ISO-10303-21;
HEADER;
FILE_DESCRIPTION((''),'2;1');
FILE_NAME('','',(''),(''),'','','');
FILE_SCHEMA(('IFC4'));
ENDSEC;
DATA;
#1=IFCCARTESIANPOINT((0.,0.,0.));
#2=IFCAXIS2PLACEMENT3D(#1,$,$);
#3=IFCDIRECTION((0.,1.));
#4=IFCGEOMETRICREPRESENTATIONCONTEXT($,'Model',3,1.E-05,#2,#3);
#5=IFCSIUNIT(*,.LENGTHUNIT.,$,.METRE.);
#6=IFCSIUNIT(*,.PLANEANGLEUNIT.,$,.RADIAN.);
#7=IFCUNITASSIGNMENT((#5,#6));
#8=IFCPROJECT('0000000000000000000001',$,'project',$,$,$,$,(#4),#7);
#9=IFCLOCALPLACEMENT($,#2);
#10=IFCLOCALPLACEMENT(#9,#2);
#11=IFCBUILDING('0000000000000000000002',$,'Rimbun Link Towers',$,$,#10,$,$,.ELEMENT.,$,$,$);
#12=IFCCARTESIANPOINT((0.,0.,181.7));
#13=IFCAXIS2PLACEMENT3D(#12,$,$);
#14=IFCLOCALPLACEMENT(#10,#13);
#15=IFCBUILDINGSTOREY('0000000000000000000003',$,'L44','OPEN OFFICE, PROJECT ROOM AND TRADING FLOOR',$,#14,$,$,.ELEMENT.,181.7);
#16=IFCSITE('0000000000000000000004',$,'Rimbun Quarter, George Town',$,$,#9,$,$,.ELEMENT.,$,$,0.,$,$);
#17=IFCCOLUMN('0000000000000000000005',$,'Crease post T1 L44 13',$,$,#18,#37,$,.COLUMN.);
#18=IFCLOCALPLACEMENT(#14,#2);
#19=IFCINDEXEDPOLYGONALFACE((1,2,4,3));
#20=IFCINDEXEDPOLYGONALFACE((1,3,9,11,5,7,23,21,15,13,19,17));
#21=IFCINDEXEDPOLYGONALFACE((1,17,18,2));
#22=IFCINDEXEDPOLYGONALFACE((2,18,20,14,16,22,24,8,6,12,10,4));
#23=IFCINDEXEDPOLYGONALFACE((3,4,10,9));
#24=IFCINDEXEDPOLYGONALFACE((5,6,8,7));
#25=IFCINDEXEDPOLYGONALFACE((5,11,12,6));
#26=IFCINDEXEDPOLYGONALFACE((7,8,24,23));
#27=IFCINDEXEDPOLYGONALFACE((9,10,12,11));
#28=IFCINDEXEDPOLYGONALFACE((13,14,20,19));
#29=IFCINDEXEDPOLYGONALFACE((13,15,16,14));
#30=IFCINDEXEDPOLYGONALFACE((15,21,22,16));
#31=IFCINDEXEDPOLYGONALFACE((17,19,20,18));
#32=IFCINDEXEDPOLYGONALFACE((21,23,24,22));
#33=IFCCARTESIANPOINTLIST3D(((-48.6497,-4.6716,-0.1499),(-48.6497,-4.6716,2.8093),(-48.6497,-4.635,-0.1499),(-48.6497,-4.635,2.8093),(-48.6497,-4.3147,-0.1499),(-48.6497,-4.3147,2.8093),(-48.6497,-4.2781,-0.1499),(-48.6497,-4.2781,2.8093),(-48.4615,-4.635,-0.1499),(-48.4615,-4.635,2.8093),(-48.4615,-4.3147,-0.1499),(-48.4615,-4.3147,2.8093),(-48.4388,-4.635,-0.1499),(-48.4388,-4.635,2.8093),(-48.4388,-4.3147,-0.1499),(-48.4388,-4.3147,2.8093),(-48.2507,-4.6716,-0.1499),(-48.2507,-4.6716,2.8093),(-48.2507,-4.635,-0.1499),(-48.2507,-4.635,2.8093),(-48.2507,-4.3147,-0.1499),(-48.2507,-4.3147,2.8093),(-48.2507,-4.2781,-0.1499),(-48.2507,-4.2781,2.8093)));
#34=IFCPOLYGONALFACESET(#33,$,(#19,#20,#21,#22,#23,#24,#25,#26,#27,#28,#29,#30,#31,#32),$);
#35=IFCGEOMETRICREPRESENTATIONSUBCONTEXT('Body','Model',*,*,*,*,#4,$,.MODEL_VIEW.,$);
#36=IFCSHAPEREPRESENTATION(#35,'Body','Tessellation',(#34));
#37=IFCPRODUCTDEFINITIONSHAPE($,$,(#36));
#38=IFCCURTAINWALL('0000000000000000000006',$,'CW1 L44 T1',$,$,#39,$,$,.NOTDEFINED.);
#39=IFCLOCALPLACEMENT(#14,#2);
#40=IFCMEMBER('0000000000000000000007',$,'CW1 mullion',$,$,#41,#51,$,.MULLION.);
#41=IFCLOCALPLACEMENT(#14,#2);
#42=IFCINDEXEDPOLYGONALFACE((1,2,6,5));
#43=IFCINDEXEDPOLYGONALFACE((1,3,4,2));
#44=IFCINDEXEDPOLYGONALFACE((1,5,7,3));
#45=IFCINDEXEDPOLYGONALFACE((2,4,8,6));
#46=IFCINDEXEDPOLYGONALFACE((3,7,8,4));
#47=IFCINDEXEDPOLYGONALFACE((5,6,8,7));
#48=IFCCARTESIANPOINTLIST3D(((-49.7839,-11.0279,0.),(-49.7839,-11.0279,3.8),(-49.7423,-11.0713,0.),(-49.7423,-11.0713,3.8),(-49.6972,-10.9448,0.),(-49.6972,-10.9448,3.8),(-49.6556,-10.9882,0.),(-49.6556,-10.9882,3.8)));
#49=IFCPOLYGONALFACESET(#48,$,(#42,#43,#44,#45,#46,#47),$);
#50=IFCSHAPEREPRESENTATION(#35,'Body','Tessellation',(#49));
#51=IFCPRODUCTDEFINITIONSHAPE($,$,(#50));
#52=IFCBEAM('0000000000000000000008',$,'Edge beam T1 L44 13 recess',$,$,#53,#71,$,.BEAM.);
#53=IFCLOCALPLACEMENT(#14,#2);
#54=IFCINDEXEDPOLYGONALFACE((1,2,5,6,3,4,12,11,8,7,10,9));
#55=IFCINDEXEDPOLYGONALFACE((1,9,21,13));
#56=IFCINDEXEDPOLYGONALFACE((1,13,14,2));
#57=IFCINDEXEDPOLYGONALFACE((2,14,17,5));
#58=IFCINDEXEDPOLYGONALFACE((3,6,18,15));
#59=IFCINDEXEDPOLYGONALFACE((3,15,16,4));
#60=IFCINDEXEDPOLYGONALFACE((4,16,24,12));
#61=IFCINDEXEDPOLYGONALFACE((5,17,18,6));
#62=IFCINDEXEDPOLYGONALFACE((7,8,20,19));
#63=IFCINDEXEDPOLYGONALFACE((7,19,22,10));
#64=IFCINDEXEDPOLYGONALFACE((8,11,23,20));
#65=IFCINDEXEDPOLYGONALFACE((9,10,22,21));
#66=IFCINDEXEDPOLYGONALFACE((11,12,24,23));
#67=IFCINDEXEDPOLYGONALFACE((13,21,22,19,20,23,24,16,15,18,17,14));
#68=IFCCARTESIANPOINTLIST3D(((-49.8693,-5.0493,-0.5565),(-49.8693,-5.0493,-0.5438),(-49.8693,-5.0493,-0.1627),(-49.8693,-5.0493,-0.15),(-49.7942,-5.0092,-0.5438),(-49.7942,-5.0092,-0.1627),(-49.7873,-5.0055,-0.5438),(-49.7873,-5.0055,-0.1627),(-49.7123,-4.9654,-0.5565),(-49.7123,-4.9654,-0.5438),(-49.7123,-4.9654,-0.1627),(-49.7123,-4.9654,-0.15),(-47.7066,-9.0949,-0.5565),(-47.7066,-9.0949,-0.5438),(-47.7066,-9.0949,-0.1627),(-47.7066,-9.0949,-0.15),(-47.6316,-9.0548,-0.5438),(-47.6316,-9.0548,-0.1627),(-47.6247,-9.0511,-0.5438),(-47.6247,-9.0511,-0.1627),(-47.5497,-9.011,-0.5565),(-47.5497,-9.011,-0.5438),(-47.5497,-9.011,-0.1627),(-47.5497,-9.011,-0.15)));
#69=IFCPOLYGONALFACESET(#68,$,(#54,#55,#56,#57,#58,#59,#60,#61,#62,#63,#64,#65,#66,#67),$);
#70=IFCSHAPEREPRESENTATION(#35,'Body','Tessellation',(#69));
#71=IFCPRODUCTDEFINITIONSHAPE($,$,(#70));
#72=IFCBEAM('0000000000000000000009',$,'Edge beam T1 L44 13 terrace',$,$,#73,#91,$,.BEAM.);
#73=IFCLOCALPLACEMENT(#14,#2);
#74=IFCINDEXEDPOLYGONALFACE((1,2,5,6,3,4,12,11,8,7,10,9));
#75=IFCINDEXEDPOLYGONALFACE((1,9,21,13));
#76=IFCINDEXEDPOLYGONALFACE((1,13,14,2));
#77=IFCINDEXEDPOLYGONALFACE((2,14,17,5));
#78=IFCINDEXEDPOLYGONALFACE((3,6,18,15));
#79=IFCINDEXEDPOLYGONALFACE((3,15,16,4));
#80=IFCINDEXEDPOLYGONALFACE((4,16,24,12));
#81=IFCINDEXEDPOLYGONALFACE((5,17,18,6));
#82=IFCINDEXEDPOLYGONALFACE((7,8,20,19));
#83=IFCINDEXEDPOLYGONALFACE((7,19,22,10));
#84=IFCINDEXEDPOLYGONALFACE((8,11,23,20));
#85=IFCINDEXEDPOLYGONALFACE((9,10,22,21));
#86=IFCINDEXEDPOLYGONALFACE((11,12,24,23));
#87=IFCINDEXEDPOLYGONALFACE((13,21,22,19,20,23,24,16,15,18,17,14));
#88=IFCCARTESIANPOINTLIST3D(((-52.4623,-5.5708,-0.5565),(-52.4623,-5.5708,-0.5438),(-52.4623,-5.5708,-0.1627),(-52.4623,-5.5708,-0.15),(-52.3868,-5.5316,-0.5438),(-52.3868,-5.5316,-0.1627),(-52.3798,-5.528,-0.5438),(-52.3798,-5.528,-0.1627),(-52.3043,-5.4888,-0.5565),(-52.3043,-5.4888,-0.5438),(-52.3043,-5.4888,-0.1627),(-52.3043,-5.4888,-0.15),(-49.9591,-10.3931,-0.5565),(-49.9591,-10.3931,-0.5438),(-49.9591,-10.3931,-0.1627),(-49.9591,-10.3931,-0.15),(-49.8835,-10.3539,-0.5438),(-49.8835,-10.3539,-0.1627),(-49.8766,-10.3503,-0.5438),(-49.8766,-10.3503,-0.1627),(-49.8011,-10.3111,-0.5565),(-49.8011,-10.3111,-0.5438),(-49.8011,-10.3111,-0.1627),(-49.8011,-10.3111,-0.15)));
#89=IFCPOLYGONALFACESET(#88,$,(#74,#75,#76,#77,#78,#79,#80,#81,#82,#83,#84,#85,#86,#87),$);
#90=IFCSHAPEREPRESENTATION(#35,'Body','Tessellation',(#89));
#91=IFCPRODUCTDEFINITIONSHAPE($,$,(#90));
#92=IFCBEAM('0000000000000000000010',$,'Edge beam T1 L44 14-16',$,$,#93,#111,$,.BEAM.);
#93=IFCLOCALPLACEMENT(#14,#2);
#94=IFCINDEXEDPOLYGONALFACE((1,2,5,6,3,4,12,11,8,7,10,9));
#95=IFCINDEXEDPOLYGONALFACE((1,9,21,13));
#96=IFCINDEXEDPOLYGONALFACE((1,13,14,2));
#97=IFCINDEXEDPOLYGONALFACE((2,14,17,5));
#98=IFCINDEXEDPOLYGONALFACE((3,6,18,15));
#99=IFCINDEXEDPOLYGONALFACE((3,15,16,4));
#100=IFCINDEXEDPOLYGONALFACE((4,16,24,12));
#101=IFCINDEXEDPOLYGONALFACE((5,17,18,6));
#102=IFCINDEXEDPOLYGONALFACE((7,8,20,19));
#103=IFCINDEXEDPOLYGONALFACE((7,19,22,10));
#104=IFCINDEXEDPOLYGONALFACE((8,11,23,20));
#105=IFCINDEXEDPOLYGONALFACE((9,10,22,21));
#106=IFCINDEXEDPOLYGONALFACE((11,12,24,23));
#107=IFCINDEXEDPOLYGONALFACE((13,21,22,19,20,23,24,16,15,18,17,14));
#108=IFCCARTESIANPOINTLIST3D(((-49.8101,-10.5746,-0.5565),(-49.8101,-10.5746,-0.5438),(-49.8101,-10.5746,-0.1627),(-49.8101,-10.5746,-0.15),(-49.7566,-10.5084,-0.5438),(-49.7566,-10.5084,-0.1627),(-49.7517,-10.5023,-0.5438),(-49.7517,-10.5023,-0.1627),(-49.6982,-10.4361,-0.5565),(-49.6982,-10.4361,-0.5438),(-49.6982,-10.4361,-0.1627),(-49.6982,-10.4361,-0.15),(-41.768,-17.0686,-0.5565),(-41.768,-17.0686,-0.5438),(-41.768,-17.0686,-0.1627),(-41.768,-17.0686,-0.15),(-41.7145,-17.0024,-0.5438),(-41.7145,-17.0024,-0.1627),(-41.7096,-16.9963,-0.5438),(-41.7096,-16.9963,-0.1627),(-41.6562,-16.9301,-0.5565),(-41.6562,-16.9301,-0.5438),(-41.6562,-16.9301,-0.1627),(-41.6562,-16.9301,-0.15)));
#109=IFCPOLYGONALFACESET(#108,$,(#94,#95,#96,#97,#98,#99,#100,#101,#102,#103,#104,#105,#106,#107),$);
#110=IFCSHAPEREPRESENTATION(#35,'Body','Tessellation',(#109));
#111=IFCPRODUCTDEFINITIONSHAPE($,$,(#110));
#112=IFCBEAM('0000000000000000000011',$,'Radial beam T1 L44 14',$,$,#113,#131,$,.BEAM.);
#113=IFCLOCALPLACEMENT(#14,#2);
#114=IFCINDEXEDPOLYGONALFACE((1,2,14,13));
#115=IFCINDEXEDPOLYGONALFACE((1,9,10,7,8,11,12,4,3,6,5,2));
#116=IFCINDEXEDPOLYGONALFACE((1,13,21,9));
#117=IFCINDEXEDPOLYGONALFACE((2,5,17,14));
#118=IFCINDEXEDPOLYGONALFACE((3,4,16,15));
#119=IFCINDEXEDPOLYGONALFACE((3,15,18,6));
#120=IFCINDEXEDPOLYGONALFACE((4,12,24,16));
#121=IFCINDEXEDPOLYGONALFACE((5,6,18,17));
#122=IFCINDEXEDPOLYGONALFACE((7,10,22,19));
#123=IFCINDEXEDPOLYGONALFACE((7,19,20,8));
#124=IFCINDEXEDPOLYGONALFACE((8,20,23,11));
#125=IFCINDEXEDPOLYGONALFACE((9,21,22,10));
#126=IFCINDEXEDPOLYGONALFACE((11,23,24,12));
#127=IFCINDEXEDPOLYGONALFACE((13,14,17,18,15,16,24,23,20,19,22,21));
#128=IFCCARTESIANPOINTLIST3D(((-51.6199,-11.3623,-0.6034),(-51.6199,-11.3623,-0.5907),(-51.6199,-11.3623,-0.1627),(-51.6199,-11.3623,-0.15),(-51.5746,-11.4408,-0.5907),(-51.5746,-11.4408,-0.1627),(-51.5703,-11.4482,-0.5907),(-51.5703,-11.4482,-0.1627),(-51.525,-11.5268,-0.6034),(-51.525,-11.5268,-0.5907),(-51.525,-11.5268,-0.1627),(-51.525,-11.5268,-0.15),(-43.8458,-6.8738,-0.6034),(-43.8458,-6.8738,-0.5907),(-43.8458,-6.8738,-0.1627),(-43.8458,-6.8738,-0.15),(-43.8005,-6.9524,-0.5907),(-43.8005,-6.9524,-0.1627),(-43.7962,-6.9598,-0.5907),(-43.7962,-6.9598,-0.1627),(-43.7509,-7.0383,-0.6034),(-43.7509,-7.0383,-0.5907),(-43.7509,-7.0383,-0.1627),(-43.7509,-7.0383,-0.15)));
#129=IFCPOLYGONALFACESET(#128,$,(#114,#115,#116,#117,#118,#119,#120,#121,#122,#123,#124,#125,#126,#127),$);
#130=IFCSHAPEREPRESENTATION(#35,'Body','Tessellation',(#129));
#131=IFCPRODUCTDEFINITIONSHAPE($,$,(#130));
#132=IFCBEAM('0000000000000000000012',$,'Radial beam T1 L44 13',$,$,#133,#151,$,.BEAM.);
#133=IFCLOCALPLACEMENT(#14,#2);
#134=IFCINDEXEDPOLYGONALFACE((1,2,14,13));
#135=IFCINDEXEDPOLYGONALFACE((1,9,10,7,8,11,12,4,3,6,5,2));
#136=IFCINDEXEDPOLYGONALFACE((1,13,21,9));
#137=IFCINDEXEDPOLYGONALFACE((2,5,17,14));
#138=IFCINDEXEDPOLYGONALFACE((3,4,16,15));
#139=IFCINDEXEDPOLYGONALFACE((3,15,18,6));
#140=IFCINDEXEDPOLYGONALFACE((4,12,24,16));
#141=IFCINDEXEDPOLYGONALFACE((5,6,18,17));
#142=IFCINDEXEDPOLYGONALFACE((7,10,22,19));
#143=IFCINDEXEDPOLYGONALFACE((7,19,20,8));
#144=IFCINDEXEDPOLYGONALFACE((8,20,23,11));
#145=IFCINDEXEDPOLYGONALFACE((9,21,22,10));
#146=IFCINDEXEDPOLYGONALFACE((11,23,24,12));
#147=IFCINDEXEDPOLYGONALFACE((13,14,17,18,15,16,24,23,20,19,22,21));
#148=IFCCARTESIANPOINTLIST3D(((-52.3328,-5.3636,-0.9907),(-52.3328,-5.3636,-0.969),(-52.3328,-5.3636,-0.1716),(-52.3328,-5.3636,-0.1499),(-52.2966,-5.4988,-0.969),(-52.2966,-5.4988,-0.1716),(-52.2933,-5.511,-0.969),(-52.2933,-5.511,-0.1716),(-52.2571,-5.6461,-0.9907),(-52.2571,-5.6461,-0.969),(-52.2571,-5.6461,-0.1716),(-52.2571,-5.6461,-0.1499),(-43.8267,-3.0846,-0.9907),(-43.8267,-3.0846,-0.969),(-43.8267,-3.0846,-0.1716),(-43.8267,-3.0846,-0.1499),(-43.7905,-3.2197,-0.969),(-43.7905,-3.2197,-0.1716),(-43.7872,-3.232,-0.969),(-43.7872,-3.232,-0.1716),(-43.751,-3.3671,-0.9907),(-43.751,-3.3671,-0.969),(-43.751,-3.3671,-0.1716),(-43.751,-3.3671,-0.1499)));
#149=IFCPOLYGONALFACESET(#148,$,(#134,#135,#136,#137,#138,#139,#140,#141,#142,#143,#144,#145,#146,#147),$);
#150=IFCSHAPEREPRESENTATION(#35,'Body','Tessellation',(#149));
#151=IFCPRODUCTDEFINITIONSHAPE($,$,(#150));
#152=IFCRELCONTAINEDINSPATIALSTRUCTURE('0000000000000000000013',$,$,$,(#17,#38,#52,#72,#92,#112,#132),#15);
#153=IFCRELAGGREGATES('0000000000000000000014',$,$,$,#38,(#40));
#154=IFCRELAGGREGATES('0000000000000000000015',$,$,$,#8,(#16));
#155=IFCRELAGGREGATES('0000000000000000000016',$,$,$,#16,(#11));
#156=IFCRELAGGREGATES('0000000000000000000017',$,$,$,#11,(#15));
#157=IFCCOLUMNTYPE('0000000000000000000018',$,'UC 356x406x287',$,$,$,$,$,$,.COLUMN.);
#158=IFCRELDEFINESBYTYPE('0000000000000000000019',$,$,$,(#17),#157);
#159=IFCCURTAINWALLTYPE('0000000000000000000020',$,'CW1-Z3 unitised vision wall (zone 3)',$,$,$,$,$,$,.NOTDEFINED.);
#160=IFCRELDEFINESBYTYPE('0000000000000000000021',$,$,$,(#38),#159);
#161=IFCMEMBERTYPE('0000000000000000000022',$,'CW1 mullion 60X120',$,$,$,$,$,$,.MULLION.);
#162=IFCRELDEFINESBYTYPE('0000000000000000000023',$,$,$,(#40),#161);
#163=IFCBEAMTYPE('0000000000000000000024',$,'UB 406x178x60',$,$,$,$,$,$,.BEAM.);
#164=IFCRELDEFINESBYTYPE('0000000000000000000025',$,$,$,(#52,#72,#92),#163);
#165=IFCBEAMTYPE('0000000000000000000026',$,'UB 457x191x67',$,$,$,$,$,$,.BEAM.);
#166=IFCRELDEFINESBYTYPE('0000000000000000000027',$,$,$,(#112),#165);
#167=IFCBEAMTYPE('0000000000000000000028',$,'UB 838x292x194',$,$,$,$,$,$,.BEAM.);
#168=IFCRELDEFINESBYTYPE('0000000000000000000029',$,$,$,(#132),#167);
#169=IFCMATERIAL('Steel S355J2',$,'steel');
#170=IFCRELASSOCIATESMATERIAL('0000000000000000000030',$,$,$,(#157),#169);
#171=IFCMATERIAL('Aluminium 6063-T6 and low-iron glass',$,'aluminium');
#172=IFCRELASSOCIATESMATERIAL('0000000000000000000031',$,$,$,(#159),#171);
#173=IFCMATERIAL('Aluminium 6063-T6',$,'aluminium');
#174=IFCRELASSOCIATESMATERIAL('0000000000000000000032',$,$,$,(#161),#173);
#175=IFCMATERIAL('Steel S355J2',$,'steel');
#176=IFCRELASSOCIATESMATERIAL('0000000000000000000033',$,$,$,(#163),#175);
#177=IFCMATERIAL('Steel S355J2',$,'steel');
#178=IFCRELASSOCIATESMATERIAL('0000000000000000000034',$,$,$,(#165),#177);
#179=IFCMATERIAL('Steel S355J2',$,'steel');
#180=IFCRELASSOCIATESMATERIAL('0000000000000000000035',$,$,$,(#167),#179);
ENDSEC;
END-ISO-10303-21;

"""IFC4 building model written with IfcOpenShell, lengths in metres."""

from ifc_helpers import new_model, si_unit, direction, frame, origin, origin_2d, place, context, subcontext, project, spatial, rectangle, i_section, extrude, material, material_profile, profile_set, type_object, element, aggregate, save


model = new_model("IFC4")

# Units and contexts
model_context = context("Model", 3, precision=1e-05, world=origin(), true_north=direction((0.0, 1.0)))
body_context = subcontext(model_context, "Body", "Model", "MODEL_VIEW")
ifc_project = project(units=[si_unit("LENGTHUNIT", "METRE"), si_unit("PLANEANGLEUNIT", "RADIAN")], contexts=[model_context])

# Site, building, storey
site_placement = place(None, origin())
site = spatial("IfcSite", under=ifc_project, at=site_placement, Name="Rimbun Quarter, George Town", CompositionType="ELEMENT", RefElevation=0.0)
building_placement = place(site_placement, origin())
building = spatial("IfcBuilding", under=site, at=building_placement, Name="Rimbun Link Towers", CompositionType="ELEMENT")
storey_placement = place(building_placement, frame((0.0, 0.0, 181.7)))
storey = spatial("IfcBuildingStorey", under=building, at=storey_placement, Name="L44", Description="OPEN OFFICE, PROJECT ROOM AND TRADING FLOOR", CompositionType="ELEMENT", Elevation=181.7)

# Column
ifc_material_1 = material(Name="Steel S355J2", Category="steel")
ifc_material_profile_1 = material_profile(ifc_material_1, i_section(OverallWidth=0.3989, OverallDepth=0.3936, WebThickness=0.0227, FlangeThickness=0.0366, at=origin_2d()), Name="UC 356x406x287")
ifc_profile_set_1 = profile_set([ifc_material_profile_1], Name="Steel S355J2")
column_type = type_object("IfcColumnType", Name="UC 356x406x287", PredefinedType="COLUMN", material=ifc_profile_set_1)
column_placement = place(storey_placement, frame((-48.4502, -4.4749, -0.1499), z_axis=(0.0, 0.0, 1.0), x_axis=(1.0, 0.0, 0.0)))
element("IfcColumn", 1, at=column_placement, inside=storey, type_object=column_type, Name="Crease post T1 L44 13", PredefinedType="COLUMN", context=body_context, shape_type="SweptSolid", body=[
    extrude(i_section(OverallWidth=0.3989, OverallDepth=0.3936, WebThickness=0.0227, FlangeThickness=0.0366, at=origin_2d()), origin(), (0.0, 0.0, 1.0), 2.9592),
])

# Curtain wall, member
ifc_material_2 = material(Name="Aluminium 6063-T6 and low-iron glass", Category="aluminium")
curtain_wall_type = type_object("IfcCurtainWallType", Name="CW1-Z3 unitised vision wall (zone 3)", PredefinedType="NOTDEFINED", material=ifc_material_2)
curtain_wall_placement = place(storey_placement, origin())
curtain_wall = element("IfcCurtainWall", 2, at=curtain_wall_placement, inside=storey, type_object=curtain_wall_type, Name="CW1 L44 T1", PredefinedType="NOTDEFINED")
ifc_material_3 = material(Name="Aluminium 6063-T6", Category="aluminium")
ifc_material_profile_2 = material_profile(ifc_material_3, rectangle(XDim=0.1201, YDim=0.0601, at=origin_2d()), Name="MULLION 60X120")
ifc_profile_set_2 = profile_set([ifc_material_profile_2], Name="Aluminium 6063-T6")
member_type = type_object("IfcMemberType", Name="CW1 mullion 60X120", PredefinedType="MULLION", material=ifc_profile_set_2)
member_placement = place(storey_placement, frame((-49.7197, -11.0081, 0.0), z_axis=(0.0, 0.0, 1.0), x_axis=(-0.721843, -0.692057, 0.0)))
member = element("IfcMember", 3, at=member_placement, type_object=member_type, Name="CW1 mullion", PredefinedType="MULLION", context=body_context, shape_type="SweptSolid", body=[
    extrude(rectangle(XDim=0.1201, YDim=0.0601, at=origin_2d()), origin(), (0.0, 0.0, 1.0), 3.8),
])
aggregate(curtain_wall, [member])

# Beams
ifc_material_4 = material(Name="Steel S355J2", Category="steel")
ifc_material_profile_3 = material_profile(ifc_material_4, i_section(OverallWidth=0.178, OverallDepth=0.4065, WebThickness=0.0078, FlangeThickness=0.0127, at=origin_2d()), Name="UB 406x178x60")
ifc_profile_set_3 = profile_set([ifc_material_profile_3], Name="Steel S355J2")
beam_type_1 = type_object("IfcBeamType", Name="UB 406x178x60", PredefinedType="BEAM", material=ifc_profile_set_3)
beam_1_placement = place(storey_placement, frame((-49.7908, -5.0073, -0.3533), z_axis=(0.471422, -0.881908, 0.0), x_axis=(0.881908, 0.471422, 0.0)))
element("IfcBeam", 4, at=beam_1_placement, inside=storey, type_object=beam_type_1, Name="Edge beam T1 L44 13 recess", PredefinedType="BEAM", context=body_context, shape_type="SweptSolid", body=[
    extrude(i_section(OverallWidth=0.178, OverallDepth=0.4065, WebThickness=0.0078, FlangeThickness=0.0127, at=origin_2d()), origin(), (0.0, 0.0, 1.0), 4.5874),
])
beam_2_placement = place(storey_placement, frame((-52.3833, -5.5298, -0.3533), z_axis=(0.460715, -0.887548, 0.0), x_axis=(0.887548, 0.460715, 0.0)))
element("IfcBeam", 5, at=beam_2_placement, inside=storey, type_object=beam_type_1, Name="Edge beam T1 L44 13 terrace", PredefinedType="BEAM", context=body_context, shape_type="SweptSolid", body=[
    extrude(i_section(OverallWidth=0.178, OverallDepth=0.4065, WebThickness=0.0078, FlangeThickness=0.0127, at=origin_2d()), origin(), (0.0, 0.0, 1.0), 5.4333),
])
beam_3_placement = place(storey_placement, frame((-49.7542, -10.5054, -0.3533), z_axis=(0.778015, -0.628246, 0.0), x_axis=(0.628246, 0.778015, 0.0)))
element("IfcBeam", 6, at=beam_3_placement, inside=storey, type_object=beam_type_1, Name="Edge beam T1 L44 14-16", PredefinedType="BEAM", context=body_context, shape_type="SweptSolid", body=[
    extrude(i_section(OverallWidth=0.178, OverallDepth=0.4065, WebThickness=0.0078, FlangeThickness=0.0127, at=origin_2d()), origin(), (0.0, 0.0, 1.0), 10.3367),
])
ifc_material_5 = material(Name="Steel S355J2", Category="steel")
ifc_material_profile_4 = material_profile(ifc_material_5, i_section(OverallWidth=0.1899, OverallDepth=0.4534, WebThickness=0.0085, FlangeThickness=0.0127, at=origin_2d()), Name="UB 457x191x67")
ifc_profile_set_4 = profile_set([ifc_material_profile_4], Name="Steel S355J2")
beam_type_2 = type_object("IfcBeamType", Name="UB 457x191x67", PredefinedType="BEAM", material=ifc_profile_set_4)
beam_4_placement = place(storey_placement, frame((-43.7983, -6.9561, -0.3767), z_axis=(-0.86602, -0.500009, 0.0), x_axis=(0.500009, -0.86602, 0.0)))
element("IfcBeam", 7, at=beam_4_placement, inside=storey, type_object=beam_type_2, Name="Radial beam T1 L44 14", PredefinedType="BEAM", context=body_context, shape_type="SweptSolid", body=[
    extrude(i_section(OverallWidth=0.1899, OverallDepth=0.4534, WebThickness=0.0085, FlangeThickness=0.0127, at=origin_2d()), origin(), (0.0, 0.0, 1.0), 8.9768),
])
ifc_material_6 = material(Name="Steel S355J2", Category="steel")
ifc_material_profile_5 = material_profile(ifc_material_6, i_section(OverallWidth=0.2925, OverallDepth=0.8408, WebThickness=0.0127, FlangeThickness=0.0217, at=origin_2d()), Name="UB 838x292x194")
ifc_profile_set_5 = profile_set([ifc_material_profile_5], Name="Steel S355J2")
beam_type_3 = type_object("IfcBeamType", Name="UB 838x292x194", PredefinedType="BEAM", material=ifc_profile_set_5)
beam_5_placement = place(storey_placement, frame((-43.7888, -3.2258, -0.5703), z_axis=(-0.96593, -0.258803, 0.0), x_axis=(0.258803, -0.96593, 0.0)))
element("IfcBeam", 8, at=beam_5_placement, inside=storey, type_object=beam_type_3, Name="Radial beam T1 L44 13", PredefinedType="BEAM", context=body_context, shape_type="SweptSolid", body=[
    extrude(i_section(OverallWidth=0.2925, OverallDepth=0.8408, WebThickness=0.0127, FlangeThickness=0.0217, at=origin_2d()), origin(), (0.0, 0.0, 1.0), 8.8062),
])

save(model, "model.ifc")
